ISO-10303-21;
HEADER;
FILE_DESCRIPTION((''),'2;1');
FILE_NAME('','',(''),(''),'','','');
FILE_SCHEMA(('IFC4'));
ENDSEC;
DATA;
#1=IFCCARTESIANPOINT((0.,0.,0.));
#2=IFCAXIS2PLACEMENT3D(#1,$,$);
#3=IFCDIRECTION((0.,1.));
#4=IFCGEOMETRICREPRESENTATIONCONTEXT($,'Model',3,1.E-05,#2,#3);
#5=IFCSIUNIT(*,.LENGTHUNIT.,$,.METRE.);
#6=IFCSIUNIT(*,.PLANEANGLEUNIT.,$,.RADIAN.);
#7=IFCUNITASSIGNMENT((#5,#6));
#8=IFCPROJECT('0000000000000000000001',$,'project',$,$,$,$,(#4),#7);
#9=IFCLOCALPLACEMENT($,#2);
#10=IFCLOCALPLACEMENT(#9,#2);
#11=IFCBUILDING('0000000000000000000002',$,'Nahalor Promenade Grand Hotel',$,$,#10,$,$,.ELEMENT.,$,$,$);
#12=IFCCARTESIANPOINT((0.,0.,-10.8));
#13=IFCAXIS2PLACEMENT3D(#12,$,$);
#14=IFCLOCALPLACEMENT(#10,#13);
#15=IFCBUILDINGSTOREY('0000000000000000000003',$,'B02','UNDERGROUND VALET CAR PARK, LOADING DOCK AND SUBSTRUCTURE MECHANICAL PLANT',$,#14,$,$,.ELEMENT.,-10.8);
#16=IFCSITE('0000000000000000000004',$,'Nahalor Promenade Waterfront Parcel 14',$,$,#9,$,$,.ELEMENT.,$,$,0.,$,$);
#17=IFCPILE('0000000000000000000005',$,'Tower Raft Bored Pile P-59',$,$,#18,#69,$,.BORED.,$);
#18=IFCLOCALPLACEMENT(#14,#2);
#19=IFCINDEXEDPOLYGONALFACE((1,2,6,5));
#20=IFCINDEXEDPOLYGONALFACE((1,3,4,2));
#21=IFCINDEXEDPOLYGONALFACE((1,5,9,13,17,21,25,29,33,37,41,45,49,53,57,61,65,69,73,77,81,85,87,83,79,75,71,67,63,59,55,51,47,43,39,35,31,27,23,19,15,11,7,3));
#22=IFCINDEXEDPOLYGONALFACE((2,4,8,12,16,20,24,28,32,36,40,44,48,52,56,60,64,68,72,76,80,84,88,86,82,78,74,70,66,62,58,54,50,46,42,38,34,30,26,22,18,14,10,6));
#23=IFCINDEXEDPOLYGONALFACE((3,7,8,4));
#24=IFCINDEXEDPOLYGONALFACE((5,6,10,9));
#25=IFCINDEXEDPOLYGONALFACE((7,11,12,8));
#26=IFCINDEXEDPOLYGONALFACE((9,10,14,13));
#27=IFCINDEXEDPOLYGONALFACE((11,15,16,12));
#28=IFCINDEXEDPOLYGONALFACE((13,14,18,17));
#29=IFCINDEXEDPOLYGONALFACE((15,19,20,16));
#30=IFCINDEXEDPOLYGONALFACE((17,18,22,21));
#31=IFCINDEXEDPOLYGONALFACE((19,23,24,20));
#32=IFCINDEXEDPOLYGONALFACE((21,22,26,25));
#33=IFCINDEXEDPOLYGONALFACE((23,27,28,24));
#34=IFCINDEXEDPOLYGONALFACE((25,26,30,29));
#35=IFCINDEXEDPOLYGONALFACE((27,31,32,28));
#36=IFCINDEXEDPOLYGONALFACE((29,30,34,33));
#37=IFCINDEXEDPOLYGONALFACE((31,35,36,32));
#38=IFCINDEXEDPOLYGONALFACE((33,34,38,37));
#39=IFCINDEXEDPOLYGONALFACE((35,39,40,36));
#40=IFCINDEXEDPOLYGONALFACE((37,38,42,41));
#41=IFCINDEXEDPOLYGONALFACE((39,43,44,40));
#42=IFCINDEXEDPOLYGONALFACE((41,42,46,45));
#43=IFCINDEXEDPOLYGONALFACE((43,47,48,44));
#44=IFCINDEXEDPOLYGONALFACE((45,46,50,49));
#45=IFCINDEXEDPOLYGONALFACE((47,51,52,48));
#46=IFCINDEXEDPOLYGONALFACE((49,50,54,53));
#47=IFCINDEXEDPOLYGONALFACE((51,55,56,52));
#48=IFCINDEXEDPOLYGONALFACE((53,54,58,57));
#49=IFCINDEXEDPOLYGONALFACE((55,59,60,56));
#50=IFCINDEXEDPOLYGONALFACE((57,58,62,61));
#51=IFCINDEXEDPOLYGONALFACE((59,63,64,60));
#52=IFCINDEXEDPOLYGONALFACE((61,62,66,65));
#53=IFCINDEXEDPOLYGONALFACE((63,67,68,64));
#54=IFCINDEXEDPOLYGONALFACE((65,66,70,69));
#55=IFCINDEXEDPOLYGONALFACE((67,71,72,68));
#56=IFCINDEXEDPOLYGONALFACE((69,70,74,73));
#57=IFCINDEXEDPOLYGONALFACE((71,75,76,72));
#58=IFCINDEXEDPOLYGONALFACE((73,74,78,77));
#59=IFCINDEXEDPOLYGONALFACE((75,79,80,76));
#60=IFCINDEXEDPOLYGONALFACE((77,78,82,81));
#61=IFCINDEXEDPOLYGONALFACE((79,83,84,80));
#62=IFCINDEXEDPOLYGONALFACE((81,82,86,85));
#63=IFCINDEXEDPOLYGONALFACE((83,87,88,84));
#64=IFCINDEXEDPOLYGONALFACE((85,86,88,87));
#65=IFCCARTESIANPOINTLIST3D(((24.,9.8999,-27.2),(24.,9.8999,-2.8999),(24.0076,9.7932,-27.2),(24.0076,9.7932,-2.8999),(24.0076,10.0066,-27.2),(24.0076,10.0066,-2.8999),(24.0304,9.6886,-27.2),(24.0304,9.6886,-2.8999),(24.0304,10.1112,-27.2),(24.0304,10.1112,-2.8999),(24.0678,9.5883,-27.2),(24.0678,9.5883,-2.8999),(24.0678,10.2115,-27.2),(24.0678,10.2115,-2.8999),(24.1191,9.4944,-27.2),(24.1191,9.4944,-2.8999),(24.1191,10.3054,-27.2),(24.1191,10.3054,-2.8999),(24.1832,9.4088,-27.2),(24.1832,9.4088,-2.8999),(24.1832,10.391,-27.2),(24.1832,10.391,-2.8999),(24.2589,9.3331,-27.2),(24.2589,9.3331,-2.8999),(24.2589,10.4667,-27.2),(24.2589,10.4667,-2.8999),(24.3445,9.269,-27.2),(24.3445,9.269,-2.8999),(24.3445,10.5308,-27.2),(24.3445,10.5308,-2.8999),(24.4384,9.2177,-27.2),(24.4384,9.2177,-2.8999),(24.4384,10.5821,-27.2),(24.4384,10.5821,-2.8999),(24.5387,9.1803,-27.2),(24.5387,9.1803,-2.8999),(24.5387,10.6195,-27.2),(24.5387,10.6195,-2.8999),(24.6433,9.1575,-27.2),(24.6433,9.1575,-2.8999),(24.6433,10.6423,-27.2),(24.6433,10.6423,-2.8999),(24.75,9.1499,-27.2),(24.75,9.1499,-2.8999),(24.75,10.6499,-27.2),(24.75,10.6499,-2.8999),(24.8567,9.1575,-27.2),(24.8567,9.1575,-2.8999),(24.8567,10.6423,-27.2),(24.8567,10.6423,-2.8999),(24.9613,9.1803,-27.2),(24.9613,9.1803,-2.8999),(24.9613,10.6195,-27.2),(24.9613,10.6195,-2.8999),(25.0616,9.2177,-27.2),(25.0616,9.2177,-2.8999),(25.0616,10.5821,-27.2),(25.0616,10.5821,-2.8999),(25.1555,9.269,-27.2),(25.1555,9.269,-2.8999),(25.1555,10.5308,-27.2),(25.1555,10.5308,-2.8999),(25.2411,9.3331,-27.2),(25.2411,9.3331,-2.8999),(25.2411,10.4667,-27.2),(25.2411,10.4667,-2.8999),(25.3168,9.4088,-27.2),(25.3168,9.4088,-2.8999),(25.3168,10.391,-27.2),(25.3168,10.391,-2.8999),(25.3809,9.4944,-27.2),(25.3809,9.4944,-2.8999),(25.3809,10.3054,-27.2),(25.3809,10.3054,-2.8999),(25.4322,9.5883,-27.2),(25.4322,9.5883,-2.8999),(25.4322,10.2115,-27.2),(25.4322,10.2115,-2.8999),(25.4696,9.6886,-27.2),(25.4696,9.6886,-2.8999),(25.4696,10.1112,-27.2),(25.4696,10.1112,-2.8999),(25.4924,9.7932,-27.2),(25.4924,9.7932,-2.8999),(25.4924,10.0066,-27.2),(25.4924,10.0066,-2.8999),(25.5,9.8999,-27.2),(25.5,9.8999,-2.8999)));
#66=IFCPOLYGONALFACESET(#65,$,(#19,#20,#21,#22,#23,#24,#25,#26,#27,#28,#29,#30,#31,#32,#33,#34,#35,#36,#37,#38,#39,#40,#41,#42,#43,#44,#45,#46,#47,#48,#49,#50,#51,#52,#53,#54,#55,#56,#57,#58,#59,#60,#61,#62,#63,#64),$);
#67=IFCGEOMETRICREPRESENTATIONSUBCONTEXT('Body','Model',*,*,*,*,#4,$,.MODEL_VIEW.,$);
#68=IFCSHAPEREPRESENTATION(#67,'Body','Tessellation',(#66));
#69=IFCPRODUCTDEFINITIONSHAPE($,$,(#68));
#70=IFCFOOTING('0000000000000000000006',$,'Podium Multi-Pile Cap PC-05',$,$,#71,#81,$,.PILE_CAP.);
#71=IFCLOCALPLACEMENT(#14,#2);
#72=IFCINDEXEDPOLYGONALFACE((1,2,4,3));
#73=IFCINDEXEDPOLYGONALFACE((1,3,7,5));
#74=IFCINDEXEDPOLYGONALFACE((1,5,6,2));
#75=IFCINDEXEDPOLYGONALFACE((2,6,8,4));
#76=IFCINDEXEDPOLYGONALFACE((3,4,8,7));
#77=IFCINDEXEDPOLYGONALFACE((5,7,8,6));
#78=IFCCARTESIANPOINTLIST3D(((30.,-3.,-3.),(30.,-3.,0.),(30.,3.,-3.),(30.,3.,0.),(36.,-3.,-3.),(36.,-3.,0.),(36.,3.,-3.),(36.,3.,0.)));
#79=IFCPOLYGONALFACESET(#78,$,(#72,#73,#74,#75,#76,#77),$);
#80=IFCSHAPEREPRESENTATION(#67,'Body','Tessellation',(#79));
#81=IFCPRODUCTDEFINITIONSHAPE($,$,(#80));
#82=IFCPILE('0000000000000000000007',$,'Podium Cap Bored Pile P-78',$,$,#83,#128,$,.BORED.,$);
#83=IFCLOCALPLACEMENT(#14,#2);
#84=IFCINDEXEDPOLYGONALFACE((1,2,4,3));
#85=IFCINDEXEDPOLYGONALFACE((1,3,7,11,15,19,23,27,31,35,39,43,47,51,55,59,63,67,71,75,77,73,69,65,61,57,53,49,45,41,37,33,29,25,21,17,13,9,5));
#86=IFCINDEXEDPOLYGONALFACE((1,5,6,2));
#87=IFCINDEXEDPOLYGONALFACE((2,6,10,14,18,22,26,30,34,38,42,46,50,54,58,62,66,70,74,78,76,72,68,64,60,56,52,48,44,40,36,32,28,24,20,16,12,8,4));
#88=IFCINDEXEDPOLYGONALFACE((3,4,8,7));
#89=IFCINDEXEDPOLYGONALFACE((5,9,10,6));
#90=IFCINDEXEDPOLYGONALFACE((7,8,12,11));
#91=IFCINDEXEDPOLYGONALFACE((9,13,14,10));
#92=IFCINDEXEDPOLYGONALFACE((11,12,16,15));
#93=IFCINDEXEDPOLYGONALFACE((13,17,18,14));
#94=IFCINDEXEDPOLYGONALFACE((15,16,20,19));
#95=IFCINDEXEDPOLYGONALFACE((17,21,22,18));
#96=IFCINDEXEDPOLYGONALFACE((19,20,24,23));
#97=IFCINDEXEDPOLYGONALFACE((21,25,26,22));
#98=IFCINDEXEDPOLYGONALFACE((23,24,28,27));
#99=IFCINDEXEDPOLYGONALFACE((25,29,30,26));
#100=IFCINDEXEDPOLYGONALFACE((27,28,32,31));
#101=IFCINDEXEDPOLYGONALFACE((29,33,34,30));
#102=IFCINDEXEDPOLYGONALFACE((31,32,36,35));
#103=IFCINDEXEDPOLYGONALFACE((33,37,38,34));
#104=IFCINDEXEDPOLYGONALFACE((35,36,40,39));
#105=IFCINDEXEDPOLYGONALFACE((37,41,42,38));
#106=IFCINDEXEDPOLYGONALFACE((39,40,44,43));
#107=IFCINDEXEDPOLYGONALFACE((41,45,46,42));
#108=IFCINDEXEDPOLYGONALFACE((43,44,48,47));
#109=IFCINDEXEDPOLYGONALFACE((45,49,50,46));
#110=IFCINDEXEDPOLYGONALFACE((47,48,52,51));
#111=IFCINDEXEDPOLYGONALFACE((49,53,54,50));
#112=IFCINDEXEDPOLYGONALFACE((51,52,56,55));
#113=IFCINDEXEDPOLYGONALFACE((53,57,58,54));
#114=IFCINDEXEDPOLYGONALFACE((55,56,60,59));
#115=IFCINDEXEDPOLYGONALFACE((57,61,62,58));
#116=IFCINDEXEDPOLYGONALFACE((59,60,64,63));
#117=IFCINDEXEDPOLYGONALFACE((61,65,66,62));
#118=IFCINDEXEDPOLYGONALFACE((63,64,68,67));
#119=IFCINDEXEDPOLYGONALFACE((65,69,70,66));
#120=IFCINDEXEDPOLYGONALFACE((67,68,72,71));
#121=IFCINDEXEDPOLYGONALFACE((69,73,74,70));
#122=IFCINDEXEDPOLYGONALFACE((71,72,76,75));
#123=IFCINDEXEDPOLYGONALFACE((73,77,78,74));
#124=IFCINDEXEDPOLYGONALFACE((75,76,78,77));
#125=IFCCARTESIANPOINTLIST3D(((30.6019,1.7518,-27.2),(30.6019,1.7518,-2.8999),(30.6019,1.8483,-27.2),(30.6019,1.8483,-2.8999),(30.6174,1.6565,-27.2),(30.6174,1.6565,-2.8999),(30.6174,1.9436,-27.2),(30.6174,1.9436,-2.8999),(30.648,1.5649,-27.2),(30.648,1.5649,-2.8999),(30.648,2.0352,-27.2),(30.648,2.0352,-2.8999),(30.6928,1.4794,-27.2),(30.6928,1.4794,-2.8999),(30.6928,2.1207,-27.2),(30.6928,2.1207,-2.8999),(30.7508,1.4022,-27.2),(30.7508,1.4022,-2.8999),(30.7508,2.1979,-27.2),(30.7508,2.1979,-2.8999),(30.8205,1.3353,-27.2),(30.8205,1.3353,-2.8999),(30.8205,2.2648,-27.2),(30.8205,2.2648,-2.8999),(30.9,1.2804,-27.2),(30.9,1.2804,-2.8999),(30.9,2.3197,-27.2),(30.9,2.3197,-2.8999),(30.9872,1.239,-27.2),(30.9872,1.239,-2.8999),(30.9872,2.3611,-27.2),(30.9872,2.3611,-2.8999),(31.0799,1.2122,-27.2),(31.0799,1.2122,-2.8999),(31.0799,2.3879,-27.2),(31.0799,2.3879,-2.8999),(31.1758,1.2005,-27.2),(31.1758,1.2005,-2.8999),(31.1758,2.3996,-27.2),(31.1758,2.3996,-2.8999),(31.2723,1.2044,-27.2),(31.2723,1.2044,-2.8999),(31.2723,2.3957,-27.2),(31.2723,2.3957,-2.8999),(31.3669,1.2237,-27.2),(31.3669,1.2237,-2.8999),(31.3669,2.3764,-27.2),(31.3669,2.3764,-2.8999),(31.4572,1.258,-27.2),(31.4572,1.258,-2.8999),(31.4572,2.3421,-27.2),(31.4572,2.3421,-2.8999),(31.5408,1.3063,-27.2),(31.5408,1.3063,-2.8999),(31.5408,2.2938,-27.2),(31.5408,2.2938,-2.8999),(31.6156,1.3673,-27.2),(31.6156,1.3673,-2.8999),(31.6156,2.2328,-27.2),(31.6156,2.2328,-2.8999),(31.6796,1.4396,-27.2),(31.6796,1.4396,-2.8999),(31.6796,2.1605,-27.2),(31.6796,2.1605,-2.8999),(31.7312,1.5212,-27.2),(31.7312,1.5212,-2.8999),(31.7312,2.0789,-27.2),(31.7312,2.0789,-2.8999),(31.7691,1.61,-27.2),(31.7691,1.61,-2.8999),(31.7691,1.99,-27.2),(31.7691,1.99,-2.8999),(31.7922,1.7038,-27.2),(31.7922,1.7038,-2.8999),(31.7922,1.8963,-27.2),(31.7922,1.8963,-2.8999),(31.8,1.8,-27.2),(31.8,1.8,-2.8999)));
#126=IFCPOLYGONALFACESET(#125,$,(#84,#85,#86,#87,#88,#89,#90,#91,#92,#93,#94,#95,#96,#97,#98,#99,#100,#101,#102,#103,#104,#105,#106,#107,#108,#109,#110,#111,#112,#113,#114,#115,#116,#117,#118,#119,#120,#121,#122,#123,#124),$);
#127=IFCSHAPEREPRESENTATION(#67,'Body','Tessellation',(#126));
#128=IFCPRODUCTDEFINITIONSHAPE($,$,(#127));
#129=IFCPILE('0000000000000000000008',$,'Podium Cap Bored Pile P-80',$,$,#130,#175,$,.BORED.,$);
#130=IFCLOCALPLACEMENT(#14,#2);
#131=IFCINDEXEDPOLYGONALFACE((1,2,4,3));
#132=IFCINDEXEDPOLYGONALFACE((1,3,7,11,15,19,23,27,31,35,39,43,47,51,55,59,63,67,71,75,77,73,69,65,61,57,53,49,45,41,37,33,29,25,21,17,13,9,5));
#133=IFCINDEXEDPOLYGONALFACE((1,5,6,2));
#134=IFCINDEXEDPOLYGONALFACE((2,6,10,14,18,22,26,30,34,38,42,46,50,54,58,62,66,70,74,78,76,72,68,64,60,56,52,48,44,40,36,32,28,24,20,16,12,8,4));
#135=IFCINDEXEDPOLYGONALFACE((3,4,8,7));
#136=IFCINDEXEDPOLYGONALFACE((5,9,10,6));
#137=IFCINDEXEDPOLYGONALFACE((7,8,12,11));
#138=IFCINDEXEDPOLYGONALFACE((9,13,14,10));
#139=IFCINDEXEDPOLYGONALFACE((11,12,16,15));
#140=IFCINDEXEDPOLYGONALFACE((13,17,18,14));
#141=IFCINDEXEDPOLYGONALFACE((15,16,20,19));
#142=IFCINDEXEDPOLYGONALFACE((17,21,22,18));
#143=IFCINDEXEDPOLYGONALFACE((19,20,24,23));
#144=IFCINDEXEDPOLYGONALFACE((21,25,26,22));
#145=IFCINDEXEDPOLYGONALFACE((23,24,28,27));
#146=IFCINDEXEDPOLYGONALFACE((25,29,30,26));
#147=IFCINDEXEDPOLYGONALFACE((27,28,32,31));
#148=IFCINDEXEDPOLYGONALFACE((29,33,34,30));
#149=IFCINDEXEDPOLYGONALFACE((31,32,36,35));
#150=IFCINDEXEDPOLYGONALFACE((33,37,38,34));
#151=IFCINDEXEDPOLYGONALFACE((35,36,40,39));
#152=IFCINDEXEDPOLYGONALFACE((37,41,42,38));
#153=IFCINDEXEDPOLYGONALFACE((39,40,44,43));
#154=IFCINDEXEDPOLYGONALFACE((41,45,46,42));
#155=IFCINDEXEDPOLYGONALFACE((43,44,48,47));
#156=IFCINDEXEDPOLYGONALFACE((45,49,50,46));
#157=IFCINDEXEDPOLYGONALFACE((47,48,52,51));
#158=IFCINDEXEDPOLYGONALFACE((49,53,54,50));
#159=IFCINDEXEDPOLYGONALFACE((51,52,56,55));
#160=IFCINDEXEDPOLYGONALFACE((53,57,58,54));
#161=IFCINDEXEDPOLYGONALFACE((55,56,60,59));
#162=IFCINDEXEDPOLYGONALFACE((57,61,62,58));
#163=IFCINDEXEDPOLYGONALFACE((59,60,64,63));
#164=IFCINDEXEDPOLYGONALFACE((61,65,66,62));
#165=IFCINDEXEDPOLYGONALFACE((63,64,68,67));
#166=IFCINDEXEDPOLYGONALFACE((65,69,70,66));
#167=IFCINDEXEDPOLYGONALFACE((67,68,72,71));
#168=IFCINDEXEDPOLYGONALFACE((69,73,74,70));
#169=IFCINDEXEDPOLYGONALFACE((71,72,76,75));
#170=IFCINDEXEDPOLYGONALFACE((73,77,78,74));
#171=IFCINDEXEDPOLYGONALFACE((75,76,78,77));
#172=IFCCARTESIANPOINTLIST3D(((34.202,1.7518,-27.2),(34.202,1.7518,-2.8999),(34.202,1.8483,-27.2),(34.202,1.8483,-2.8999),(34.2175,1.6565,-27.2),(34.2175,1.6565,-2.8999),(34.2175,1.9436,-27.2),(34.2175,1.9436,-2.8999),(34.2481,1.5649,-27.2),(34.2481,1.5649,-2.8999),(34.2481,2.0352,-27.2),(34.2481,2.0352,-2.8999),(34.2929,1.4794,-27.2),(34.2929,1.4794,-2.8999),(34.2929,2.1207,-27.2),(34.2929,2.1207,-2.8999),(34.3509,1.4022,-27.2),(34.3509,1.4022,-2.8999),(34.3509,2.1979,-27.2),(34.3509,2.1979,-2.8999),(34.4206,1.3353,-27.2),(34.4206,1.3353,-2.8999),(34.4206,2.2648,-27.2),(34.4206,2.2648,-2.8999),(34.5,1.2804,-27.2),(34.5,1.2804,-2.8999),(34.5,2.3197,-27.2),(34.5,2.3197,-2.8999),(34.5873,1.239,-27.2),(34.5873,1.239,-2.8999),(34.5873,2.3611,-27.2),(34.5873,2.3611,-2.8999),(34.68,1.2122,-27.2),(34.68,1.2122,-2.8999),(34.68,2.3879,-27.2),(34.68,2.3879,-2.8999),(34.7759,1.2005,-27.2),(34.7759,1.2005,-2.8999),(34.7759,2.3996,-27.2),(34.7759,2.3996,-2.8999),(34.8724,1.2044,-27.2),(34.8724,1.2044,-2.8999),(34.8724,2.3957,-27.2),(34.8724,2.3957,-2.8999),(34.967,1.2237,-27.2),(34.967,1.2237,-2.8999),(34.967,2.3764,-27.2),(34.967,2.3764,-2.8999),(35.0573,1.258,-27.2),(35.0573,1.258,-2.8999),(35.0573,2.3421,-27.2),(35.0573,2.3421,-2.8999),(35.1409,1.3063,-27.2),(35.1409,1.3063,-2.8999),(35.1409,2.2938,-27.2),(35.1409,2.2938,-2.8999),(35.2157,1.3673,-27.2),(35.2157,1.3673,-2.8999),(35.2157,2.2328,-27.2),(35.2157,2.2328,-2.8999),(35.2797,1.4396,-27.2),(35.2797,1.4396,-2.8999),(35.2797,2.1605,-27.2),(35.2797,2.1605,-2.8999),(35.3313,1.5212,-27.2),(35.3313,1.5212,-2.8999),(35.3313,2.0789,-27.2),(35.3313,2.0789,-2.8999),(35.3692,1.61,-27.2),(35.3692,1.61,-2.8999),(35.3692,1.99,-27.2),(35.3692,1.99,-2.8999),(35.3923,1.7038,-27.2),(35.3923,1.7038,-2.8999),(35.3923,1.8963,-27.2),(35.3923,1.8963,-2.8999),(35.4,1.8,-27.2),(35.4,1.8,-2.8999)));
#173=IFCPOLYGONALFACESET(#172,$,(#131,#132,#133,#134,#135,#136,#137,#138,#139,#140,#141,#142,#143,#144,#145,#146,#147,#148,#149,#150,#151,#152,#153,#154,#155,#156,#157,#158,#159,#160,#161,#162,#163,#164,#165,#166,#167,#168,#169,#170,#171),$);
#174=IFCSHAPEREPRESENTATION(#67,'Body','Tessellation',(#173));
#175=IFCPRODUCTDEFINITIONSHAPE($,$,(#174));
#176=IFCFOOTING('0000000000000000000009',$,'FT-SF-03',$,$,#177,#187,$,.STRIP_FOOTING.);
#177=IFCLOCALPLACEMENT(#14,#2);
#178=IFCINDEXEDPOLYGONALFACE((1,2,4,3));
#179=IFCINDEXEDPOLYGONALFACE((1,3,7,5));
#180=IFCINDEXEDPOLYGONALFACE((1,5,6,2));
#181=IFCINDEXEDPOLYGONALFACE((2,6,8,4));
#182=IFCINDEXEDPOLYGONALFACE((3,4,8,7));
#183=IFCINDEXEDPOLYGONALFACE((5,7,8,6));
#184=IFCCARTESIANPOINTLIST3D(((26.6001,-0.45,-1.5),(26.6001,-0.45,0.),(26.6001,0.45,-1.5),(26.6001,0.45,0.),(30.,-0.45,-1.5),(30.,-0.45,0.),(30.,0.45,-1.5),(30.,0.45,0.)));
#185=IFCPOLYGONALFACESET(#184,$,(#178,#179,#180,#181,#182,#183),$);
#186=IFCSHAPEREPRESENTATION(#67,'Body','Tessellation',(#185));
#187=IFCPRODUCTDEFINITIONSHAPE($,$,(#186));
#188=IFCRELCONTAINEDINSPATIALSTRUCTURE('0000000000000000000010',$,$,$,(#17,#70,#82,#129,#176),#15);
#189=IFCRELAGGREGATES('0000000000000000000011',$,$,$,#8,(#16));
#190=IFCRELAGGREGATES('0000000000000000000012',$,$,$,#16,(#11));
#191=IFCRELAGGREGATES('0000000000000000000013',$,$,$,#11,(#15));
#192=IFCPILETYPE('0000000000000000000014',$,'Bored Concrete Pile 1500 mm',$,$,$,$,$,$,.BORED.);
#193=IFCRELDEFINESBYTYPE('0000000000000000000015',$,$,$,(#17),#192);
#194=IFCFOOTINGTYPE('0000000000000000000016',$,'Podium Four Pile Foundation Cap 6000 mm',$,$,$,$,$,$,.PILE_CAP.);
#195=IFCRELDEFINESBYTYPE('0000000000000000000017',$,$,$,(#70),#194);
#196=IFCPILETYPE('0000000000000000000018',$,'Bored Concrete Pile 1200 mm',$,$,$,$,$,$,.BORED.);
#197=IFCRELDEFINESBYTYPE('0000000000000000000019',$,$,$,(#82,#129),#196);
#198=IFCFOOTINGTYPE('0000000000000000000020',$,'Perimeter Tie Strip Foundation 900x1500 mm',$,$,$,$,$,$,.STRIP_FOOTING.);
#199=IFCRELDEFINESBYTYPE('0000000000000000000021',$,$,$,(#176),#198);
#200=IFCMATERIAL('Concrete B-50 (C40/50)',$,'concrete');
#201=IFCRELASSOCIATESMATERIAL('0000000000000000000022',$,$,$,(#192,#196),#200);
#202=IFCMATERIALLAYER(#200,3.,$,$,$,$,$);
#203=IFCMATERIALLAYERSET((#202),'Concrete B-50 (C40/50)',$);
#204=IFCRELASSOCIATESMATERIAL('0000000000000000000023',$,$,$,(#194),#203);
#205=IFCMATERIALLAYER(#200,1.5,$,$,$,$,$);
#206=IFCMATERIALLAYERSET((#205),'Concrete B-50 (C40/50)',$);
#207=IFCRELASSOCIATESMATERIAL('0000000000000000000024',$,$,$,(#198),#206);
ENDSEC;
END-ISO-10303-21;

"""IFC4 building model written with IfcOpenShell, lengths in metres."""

from ifc_helpers import new_model, si_unit, direction, frame, origin, origin_2d, place, context, subcontext, project, spatial, rectangle, circle, extrude, source, transform, mapped, material, layer, layer_set, material_profile, profile_set, type_object, element, save


model = new_model("IFC4")

# Units and contexts
model_context = context("Model", 3, precision=1e-05, world=origin(), true_north=direction((0.0, 1.0)))
body_context = subcontext(model_context, "Body", "Model", "MODEL_VIEW")
ifc_project = project(units=[si_unit("LENGTHUNIT", "METRE"), si_unit("PLANEANGLEUNIT", "RADIAN")], contexts=[model_context])

# Site, building, storey
site_placement = place(None, origin())
site = spatial("IfcSite", under=ifc_project, at=site_placement, Name="Nahalor Promenade Waterfront Parcel 14", CompositionType="ELEMENT", RefElevation=0.0)
building_placement = place(site_placement, origin())
building = spatial("IfcBuilding", under=site, at=building_placement, Name="Nahalor Promenade Grand Hotel", CompositionType="ELEMENT")
storey_placement = place(building_placement, frame((0.0, 0.0, -10.8)))
storey = spatial("IfcBuildingStorey", under=building, at=storey_placement, Name="B02", Description="UNDERGROUND VALET CAR PARK, LOADING DOCK AND SUBSTRUCTURE MECHANICAL PLANT", CompositionType="ELEMENT", Elevation=-10.8)

# Pile
ifc_material_1 = material(Name="Concrete B-50 (C40/50)", Category="concrete")
ifc_material_profile_1 = material_profile(ifc_material_1, circle(Radius=0.75, at=origin_2d()), Name="PILE D1500")
ifc_profile_set_1 = profile_set([ifc_material_profile_1], Name="Concrete B-50 (C40/50)")
pile_type_1 = type_object("IfcPileType", Name="Bored Concrete Pile 1500 mm", PredefinedType="BORED", material=ifc_profile_set_1)
shared_shape_1 = source(origin(), body_context, "Body", "SweptSolid", [
    extrude(circle(Radius=0.75, at=origin_2d()), origin(), (0.0, 0.0, 1.0), 24.3),
])
for number, where, z_axis, x_axis, name in (
    (1, (24.75, 9.8999, -2.8999), (0.0, 0.0, -1.0), (1.0, 0.0, 0.0), "Tower Raft Bored Pile P-59"),
):
    element("IfcPile", number, at=place(storey_placement, frame(where, z_axis=z_axis, x_axis=x_axis)), inside=storey, type_object=pile_type_1, Name=name, PredefinedType="BORED", context=body_context, shape_type="MappedRepresentation", body=[
        mapped(shared_shape_1, transform((0.0, 0.0, 0.0), scale=1.0)),
    ])

# Footing
ifc_layer_1 = layer(ifc_material_1, 3.0)
ifc_layer_set_1 = layer_set([ifc_layer_1], Name="Concrete B-50 (C40/50)")
footing_type_1 = type_object("IfcFootingType", Name="Podium Four Pile Foundation Cap 6000 mm", PredefinedType="PILE_CAP", material=ifc_layer_set_1)
shared_shape_2 = source(origin(), body_context, "Body", "SweptSolid", [
    extrude(rectangle(XDim=6.0, YDim=6.0, at=origin_2d()), origin(), (0.0, 0.0, 1.0), 3.0),
])
footing_1_placement = place(storey_placement, frame((33.0, 0.0, -3.0), z_axis=(0.0, 0.0, 1.0), x_axis=(1.0, 0.0, 0.0)))
element("IfcFooting", 2, at=footing_1_placement, inside=storey, type_object=footing_type_1, Name="Podium Multi-Pile Cap PC-05", PredefinedType="PILE_CAP", context=body_context, shape_type="MappedRepresentation", body=[
    mapped(shared_shape_2, transform((0.0, 0.0, 0.0), scale=1.0)),
])

# Piles
ifc_material_profile_2 = material_profile(ifc_material_1, circle(Radius=0.6, at=origin_2d()), Name="PILE D1200")
ifc_profile_set_2 = profile_set([ifc_material_profile_2], Name="Concrete B-50 (C40/50)")
pile_type_2 = type_object("IfcPileType", Name="Bored Concrete Pile 1200 mm", PredefinedType="BORED", material=ifc_profile_set_2)
shared_shape_3 = source(origin(), body_context, "Body", "SweptSolid", [
    extrude(circle(Radius=0.6, at=origin_2d()), origin(), (0.0, 0.0, 1.0), 24.3),
])
for number, where, z_axis, x_axis, name in (
    (3, (31.2, 1.8, -2.8999), (0.0, 0.0, -1.0), (1.0, 0.0, 0.0), "Podium Cap Bored Pile P-78"),
    (4, (34.8, 1.8, -2.8999), (0.0, 0.0, -1.0), (1.0, 0.0, 0.0), "Podium Cap Bored Pile P-80"),
):
    element("IfcPile", number, at=place(storey_placement, frame(where, z_axis=z_axis, x_axis=x_axis)), inside=storey, type_object=pile_type_2, Name=name, PredefinedType="BORED", context=body_context, shape_type="MappedRepresentation", body=[
        mapped(shared_shape_3, transform((0.0, 0.0, 0.0), scale=1.0)),
    ])

# Footing
ifc_layer_2 = layer(ifc_material_1, 1.5)
ifc_layer_set_2 = layer_set([ifc_layer_2], Name="Concrete B-50 (C40/50)")
footing_type_2 = type_object("IfcFootingType", Name="Perimeter Tie Strip Foundation 900x1500 mm", PredefinedType="STRIP_FOOTING", material=ifc_layer_set_2)
shared_shape_4 = source(origin(), body_context, "Body", "SweptSolid", [
    extrude(rectangle(XDim=3.3999, YDim=0.8999, at=origin_2d()), origin(), (0.0, 0.0, 1.0), 1.5),
])
footing_2_placement = place(storey_placement, frame((28.3, 0.0, -1.5), z_axis=(0.0, 0.0, 1.0), x_axis=(1.0, 0.0, 0.0)))
element("IfcFooting", 5, at=footing_2_placement, inside=storey, type_object=footing_type_2, Name="FT-SF-03", PredefinedType="STRIP_FOOTING", context=body_context, shape_type="MappedRepresentation", body=[
    mapped(shared_shape_4, transform((0.0, 0.0, 0.0), scale=1.0)),
])

save(model, "model.ifc")
